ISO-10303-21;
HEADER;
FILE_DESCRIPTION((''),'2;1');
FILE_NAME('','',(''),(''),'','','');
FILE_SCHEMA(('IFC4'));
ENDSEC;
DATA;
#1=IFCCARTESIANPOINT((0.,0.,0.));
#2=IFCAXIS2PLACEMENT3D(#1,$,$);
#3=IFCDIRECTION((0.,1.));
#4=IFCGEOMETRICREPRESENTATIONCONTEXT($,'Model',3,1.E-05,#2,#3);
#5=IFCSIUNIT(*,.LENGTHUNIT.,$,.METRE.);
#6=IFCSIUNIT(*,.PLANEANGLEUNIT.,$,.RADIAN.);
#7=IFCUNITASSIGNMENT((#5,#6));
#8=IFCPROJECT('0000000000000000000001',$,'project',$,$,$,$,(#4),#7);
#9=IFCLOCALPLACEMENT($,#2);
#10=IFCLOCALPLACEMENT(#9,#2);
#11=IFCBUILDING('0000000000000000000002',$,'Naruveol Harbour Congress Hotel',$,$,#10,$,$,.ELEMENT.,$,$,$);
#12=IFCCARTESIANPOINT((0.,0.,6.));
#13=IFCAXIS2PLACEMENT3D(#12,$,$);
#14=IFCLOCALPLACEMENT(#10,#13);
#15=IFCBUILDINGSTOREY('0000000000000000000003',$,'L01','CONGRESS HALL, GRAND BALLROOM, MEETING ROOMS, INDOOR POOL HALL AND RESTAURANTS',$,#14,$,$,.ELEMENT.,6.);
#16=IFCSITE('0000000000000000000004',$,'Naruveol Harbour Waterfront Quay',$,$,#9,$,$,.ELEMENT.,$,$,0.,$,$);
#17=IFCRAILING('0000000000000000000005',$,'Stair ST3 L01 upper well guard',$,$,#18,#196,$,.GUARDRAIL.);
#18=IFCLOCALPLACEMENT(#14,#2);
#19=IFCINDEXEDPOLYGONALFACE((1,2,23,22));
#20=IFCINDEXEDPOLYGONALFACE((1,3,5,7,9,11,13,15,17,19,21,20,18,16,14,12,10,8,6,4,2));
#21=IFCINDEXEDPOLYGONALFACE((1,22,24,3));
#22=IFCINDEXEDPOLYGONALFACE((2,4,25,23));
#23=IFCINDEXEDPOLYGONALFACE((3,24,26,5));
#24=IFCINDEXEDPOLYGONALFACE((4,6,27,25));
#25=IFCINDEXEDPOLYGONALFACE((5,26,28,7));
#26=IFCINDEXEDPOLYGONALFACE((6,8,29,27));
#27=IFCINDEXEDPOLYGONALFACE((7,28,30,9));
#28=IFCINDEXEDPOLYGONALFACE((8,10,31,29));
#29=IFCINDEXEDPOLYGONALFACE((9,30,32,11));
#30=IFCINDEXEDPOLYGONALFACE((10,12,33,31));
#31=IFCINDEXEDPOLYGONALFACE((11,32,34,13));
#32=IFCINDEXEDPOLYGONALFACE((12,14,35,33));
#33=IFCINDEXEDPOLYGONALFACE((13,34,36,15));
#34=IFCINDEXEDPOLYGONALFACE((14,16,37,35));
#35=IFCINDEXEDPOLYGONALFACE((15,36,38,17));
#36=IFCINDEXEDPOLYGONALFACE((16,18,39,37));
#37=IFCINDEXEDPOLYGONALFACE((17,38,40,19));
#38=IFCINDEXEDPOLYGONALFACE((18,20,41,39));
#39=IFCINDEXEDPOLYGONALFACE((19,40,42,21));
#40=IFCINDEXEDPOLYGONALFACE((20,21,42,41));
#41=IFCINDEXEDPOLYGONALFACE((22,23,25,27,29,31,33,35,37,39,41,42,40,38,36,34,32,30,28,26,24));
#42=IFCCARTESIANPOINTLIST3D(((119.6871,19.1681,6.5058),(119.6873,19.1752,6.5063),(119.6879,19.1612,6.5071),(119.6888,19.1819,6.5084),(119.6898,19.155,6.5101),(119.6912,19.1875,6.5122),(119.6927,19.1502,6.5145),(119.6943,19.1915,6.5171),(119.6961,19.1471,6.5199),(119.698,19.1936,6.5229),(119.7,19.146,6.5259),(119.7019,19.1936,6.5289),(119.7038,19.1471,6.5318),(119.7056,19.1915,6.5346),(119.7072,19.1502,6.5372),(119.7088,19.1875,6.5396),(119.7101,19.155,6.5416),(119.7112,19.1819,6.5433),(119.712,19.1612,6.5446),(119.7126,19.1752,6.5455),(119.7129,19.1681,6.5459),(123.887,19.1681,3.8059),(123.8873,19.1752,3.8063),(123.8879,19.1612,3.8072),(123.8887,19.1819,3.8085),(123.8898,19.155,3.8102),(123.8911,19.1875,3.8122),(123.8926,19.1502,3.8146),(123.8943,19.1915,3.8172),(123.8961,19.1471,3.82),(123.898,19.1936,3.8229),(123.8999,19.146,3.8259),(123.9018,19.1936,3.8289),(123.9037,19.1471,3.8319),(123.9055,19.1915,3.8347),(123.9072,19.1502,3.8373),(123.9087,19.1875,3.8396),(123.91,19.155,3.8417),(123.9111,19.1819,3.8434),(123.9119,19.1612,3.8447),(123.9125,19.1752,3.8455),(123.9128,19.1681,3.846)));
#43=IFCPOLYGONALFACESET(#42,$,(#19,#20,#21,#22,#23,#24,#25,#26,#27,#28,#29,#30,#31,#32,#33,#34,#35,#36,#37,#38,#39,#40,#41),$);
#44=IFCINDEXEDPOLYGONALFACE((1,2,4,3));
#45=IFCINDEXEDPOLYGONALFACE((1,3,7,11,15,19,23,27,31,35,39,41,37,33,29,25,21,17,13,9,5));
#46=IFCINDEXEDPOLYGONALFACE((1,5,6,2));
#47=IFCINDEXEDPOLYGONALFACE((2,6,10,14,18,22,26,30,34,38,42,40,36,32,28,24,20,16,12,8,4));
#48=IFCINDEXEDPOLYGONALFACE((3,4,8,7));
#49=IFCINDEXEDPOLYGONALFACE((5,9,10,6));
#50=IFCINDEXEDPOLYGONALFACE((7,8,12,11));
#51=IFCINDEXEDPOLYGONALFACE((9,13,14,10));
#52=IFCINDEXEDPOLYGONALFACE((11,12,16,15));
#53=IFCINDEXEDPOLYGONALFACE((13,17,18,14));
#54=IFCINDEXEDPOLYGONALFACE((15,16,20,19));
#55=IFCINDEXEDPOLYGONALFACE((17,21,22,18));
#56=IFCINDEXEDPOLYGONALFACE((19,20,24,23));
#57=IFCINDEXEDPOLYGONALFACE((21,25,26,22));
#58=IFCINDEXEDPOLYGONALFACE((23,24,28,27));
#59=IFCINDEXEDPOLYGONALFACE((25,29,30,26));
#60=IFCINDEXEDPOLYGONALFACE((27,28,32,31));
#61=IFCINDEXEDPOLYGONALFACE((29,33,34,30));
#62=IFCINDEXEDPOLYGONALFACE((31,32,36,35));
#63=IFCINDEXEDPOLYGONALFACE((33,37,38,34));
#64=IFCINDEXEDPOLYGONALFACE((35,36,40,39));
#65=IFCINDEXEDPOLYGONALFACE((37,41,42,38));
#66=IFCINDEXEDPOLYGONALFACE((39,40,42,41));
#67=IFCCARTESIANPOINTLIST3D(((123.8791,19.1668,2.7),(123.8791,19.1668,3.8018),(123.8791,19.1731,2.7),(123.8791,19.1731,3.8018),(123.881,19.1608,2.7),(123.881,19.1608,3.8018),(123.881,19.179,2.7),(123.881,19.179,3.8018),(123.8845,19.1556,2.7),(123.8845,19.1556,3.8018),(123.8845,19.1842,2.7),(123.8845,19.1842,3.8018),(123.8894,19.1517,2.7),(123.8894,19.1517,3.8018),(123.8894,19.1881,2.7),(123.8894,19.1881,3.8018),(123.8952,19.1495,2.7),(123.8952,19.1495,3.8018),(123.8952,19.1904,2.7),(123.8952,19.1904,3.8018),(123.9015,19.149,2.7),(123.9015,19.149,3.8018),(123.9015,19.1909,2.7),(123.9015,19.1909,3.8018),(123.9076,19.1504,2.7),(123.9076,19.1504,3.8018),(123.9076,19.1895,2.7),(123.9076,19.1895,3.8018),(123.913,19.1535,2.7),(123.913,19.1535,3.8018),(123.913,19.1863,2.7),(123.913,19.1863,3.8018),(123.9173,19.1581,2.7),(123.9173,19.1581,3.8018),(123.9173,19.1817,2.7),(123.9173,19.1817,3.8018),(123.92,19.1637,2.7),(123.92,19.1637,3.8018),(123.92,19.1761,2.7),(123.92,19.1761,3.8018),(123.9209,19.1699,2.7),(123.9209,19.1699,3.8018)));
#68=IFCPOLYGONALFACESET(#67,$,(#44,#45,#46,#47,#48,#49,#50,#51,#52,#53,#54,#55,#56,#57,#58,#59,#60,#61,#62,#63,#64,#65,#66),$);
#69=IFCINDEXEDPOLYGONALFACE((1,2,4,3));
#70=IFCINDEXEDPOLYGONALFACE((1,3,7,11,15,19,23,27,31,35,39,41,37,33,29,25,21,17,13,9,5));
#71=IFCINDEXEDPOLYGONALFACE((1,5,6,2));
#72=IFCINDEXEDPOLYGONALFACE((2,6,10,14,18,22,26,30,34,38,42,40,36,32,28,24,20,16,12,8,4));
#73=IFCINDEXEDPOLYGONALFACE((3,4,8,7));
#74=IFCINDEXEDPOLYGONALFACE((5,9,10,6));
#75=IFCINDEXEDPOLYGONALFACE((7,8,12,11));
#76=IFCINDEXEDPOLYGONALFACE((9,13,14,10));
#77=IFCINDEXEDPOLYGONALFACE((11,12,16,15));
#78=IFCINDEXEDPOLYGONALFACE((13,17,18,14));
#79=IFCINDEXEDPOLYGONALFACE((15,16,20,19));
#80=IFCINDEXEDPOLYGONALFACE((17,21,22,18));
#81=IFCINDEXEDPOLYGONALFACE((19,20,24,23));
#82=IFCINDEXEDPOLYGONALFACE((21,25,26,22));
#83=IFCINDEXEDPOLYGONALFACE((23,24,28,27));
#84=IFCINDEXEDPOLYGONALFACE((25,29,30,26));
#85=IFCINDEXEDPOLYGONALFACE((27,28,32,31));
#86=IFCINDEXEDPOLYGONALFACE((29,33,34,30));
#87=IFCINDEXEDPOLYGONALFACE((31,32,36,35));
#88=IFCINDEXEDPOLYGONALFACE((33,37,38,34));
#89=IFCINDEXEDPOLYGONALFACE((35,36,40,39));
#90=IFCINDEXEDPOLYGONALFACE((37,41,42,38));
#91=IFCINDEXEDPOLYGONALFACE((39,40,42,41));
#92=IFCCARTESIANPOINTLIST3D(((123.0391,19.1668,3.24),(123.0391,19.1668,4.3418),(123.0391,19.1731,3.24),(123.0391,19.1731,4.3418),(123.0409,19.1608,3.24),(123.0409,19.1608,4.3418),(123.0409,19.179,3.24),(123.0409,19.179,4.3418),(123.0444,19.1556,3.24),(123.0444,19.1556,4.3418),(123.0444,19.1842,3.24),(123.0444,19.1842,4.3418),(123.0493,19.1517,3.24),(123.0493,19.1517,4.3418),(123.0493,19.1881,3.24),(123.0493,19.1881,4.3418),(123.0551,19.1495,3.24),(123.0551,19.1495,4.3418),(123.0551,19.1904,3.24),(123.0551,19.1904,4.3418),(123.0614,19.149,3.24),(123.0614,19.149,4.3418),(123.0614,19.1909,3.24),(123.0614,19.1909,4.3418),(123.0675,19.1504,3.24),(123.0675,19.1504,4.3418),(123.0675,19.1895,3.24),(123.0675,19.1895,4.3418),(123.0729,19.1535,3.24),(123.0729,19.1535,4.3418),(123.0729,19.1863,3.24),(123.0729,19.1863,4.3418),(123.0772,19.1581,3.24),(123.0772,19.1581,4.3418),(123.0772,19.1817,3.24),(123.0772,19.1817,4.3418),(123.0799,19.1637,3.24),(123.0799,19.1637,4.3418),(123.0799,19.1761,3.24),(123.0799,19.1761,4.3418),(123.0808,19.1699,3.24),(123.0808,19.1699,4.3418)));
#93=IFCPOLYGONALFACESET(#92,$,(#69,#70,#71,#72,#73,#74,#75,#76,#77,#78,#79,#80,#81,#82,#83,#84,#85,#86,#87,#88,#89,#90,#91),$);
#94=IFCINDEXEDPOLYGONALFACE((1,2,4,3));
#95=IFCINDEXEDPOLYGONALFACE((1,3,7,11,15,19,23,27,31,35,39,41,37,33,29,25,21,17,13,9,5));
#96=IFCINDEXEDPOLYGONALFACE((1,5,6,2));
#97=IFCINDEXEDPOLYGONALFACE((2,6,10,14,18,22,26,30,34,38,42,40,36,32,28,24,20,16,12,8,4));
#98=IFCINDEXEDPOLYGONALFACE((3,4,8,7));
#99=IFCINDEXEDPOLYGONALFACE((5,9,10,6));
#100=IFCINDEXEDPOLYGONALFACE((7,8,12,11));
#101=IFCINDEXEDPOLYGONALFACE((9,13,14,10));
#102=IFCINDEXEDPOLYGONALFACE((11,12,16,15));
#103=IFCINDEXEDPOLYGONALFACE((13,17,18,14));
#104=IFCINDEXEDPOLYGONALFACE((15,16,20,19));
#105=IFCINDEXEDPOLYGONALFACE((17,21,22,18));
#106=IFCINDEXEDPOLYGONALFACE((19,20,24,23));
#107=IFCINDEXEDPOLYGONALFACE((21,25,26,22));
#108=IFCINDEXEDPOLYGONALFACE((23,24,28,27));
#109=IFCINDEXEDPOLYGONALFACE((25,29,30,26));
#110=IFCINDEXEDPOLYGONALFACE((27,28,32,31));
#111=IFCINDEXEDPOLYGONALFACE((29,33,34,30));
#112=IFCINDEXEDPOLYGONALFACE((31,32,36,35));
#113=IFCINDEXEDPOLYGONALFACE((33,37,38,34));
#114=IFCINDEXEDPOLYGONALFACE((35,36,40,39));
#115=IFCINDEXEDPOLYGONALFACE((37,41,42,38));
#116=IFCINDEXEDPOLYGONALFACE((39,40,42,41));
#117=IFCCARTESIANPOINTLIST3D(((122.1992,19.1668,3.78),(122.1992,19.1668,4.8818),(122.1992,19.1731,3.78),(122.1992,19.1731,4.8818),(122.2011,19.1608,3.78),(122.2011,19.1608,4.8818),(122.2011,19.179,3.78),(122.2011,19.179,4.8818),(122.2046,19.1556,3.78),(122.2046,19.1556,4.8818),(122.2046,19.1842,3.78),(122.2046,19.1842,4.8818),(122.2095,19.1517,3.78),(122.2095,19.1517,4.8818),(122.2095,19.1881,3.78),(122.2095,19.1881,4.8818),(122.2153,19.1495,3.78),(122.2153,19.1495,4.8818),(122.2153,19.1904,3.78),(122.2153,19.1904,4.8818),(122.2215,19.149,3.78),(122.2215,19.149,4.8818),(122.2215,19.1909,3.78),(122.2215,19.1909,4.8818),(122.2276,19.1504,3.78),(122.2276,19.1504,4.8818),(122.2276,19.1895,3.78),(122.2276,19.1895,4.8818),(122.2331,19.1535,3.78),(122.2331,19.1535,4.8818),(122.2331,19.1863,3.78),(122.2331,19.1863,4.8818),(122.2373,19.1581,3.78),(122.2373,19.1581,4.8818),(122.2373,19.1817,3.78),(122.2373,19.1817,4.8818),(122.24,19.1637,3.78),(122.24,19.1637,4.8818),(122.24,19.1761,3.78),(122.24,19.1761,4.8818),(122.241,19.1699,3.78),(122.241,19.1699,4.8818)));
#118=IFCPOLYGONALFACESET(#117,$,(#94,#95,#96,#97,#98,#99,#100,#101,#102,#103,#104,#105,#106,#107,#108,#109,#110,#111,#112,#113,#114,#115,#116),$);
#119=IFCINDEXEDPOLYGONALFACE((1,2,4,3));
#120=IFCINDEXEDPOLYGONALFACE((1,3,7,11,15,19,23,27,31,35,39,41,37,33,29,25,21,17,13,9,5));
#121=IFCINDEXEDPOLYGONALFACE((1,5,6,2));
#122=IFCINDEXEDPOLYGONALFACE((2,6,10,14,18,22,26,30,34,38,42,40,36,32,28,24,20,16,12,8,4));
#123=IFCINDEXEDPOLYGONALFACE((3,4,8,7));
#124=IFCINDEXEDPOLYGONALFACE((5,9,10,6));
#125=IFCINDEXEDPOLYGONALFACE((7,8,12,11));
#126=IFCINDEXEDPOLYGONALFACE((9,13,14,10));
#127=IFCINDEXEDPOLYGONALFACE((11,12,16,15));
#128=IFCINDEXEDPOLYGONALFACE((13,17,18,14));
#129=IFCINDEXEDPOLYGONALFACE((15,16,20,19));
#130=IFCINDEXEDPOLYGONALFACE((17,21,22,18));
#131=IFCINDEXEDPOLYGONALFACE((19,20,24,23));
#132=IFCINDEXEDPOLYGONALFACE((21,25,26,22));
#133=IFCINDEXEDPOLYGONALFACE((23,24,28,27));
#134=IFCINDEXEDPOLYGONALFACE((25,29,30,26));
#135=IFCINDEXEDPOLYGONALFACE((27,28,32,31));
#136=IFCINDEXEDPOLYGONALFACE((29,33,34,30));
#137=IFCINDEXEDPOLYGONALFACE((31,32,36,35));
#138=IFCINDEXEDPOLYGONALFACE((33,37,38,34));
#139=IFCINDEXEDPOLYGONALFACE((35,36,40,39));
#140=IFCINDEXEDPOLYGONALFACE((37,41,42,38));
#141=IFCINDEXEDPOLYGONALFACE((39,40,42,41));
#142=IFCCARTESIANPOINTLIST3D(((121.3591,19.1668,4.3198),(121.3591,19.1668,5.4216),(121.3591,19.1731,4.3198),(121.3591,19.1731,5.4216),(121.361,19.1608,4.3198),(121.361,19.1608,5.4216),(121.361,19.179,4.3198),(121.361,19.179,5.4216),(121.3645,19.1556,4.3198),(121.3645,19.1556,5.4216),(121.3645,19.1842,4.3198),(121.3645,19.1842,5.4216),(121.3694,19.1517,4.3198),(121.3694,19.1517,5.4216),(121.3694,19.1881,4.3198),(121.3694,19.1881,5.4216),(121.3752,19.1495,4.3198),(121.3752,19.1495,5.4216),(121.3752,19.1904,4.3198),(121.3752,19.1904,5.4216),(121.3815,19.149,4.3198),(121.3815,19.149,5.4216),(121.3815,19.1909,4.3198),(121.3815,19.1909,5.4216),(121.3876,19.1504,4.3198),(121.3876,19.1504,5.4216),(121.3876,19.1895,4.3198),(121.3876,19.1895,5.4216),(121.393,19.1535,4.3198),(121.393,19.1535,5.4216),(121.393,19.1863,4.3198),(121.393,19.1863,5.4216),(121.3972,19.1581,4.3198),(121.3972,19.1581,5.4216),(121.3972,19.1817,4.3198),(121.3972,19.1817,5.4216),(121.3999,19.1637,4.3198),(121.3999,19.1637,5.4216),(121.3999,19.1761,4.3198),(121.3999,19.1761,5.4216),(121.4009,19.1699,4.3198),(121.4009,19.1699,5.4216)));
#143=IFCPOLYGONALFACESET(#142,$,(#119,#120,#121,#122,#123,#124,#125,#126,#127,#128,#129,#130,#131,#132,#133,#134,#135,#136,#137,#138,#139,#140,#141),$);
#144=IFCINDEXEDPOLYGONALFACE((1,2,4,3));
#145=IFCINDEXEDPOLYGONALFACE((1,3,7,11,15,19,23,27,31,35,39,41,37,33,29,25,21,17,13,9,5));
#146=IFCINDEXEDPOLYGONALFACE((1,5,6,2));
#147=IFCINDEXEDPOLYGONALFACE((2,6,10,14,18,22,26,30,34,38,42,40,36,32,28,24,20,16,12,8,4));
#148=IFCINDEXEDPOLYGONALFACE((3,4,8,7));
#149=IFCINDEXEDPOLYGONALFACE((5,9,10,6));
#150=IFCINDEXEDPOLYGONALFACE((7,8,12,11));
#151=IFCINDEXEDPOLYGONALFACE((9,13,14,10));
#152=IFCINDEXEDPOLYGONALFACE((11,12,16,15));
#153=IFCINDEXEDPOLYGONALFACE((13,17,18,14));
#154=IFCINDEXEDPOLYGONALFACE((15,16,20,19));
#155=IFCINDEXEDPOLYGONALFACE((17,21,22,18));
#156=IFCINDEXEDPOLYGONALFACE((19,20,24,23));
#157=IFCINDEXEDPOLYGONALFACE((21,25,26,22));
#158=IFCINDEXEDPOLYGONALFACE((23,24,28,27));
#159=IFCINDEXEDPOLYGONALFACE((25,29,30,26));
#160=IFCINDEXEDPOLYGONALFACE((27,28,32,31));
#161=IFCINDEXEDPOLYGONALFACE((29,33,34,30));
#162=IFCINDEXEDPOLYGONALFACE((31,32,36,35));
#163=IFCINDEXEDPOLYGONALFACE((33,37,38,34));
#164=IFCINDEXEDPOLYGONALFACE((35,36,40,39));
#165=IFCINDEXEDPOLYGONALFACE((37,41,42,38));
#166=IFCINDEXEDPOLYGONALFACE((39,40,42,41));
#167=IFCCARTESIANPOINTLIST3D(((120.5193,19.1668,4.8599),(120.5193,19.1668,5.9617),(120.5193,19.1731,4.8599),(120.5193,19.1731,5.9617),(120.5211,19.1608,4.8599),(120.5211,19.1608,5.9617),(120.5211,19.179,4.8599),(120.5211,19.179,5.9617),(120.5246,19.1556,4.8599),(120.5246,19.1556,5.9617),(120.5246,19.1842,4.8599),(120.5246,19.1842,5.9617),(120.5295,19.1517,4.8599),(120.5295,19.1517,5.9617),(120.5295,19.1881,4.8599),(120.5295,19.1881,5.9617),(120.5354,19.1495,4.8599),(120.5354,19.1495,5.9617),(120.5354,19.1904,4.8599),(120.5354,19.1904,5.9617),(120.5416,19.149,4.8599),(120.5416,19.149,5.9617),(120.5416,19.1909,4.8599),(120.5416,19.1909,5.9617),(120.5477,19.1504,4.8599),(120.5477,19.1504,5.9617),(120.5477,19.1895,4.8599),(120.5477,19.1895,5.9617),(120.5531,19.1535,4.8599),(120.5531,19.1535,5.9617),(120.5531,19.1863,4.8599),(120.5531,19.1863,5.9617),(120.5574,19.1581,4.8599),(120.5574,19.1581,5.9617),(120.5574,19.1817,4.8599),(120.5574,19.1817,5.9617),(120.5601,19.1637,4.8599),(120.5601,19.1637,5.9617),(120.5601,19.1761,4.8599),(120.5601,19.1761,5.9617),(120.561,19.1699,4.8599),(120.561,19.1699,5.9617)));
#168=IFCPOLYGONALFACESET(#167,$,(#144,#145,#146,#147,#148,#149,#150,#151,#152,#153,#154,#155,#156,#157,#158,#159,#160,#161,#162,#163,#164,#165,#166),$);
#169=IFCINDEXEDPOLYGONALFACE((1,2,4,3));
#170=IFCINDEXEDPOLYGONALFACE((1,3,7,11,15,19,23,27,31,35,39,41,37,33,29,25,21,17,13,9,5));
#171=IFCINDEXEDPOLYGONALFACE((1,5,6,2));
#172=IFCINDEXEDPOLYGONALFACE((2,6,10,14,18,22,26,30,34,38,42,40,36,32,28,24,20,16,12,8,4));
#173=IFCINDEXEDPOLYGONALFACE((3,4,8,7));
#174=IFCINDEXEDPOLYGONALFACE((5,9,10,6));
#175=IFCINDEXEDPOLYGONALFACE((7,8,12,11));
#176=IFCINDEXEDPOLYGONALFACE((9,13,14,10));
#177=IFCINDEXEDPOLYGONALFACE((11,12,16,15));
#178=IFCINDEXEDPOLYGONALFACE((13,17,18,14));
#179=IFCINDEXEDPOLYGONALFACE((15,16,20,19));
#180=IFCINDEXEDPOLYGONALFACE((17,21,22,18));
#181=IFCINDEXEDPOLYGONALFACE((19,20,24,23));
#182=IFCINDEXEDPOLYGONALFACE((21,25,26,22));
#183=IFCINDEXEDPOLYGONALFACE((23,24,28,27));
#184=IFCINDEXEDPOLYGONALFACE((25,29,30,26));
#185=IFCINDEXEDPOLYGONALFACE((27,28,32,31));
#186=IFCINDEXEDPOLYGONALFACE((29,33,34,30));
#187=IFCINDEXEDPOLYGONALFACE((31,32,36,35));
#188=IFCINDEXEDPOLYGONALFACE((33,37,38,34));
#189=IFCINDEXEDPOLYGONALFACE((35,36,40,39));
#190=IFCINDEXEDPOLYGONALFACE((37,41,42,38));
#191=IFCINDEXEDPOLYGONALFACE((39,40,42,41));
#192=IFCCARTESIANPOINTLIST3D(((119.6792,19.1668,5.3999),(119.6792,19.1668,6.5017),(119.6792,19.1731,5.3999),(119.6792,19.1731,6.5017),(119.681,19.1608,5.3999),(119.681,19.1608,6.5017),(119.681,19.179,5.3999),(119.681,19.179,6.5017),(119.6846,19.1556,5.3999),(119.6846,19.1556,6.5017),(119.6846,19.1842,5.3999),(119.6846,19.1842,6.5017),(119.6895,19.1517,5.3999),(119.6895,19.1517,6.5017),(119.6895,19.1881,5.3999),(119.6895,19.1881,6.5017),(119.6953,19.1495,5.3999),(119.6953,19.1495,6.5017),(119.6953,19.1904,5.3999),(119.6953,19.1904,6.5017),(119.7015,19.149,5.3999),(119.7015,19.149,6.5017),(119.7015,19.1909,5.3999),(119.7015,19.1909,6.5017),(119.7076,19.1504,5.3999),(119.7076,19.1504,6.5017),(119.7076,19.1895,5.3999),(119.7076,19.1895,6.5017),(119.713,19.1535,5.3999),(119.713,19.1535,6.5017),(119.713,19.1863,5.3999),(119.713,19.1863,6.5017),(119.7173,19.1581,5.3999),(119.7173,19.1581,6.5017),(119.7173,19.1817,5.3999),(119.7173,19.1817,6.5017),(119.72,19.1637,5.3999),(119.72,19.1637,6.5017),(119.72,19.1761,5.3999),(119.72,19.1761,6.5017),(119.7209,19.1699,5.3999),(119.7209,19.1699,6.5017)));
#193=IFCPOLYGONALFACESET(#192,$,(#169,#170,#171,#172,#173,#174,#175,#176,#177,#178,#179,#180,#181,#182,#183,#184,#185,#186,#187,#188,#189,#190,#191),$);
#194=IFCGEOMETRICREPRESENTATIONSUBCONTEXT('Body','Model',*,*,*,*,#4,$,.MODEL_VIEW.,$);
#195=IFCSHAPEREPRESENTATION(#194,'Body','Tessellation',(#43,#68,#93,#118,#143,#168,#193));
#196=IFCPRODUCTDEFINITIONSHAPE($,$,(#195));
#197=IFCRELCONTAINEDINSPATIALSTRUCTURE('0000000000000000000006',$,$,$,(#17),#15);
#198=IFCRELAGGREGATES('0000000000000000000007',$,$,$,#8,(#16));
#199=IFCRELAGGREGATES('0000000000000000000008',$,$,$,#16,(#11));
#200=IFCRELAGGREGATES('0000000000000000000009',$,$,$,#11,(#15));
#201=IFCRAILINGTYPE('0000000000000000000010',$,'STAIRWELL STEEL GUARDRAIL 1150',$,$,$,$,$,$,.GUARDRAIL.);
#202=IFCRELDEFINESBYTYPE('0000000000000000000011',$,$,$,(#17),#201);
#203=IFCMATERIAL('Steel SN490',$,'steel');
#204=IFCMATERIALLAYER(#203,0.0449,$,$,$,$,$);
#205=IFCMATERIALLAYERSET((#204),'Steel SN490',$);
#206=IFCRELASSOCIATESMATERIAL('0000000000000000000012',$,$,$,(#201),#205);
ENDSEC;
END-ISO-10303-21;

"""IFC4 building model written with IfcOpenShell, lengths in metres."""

from ifc_helpers import new_model, si_unit, direction, frame, origin, origin_2d, place, context, subcontext, project, spatial, circle, extrude, material, layer, layer_set, type_object, element, save


model = new_model("IFC4")

# Units and contexts
model_context = context("Model", 3, precision=1e-05, world=origin(), true_north=direction((0.0, 1.0)))
body_context = subcontext(model_context, "Body", "Model", "MODEL_VIEW")
ifc_project = project(units=[si_unit("LENGTHUNIT", "METRE"), si_unit("PLANEANGLEUNIT", "RADIAN")], contexts=[model_context])

# Site, building, storey
site_placement = place(None, origin())
site = spatial("IfcSite", under=ifc_project, at=site_placement, Name="Naruveol Harbour Waterfront Quay", CompositionType="ELEMENT", RefElevation=0.0)
building_placement = place(site_placement, origin())
building = spatial("IfcBuilding", under=site, at=building_placement, Name="Naruveol Harbour Congress Hotel", CompositionType="ELEMENT")
storey_placement = place(building_placement, frame((0.0, 0.0, 6.0)))
storey = spatial("IfcBuildingStorey", under=building, at=storey_placement, Name="L01", Description="CONGRESS HALL, GRAND BALLROOM, MEETING ROOMS, INDOOR POOL HALL AND RESTAURANTS", CompositionType="ELEMENT", Elevation=6.0)

# Railing
ifc_material_1 = material(Name="Steel SN490", Category="steel")
ifc_layer_1 = layer(ifc_material_1, 0.0449)
ifc_layer_set_1 = layer_set([ifc_layer_1], Name="Steel SN490")
railing_type_1 = type_object("IfcRailingType", Name="STAIRWELL STEEL GUARDRAIL 1150", PredefinedType="GUARDRAIL", material=ifc_layer_set_1)
railing_1_placement = place(storey_placement, frame((123.8999, 19.1699, 2.7)))
element("IfcRailing", 1, at=railing_1_placement, inside=storey, type_object=railing_type_1, Name="Stair ST3 L01 upper well guard", PredefinedType="GUARDRAIL", context=body_context, shape_type="SweptSolid", body=[
    extrude(circle(Radius=0.0239, at=origin_2d()), frame((0.0, 0.0, 1.126), z_axis=(-0.84118, 0.0, 0.540755), x_axis=(0.0, -1.0, 0.0)), (0.0, 0.0, 1.0), 4.9929),
    extrude(circle(Radius=0.021, at=origin_2d()), origin(), (0.0, 0.0, 1.0), 1.1018),
    extrude(circle(Radius=0.021, at=origin_2d()), frame((-0.8401, 0.0, 0.54)), (0.0, 0.0, 1.0), 1.1018),
    extrude(circle(Radius=0.021, at=origin_2d()), frame((-1.6799, 0.0, 1.0801)), (0.0, 0.0, 1.0), 1.1018),
    extrude(circle(Radius=0.021, at=origin_2d()), frame((-2.52, 0.0, 1.6199)), (0.0, 0.0, 1.0), 1.1018),
    extrude(circle(Radius=0.021, at=origin_2d()), frame((-3.3599, 0.0, 2.1599)), (0.0, 0.0, 1.0), 1.1018),
    extrude(circle(Radius=0.021, at=origin_2d()), frame((-4.2, 0.0, 2.7)), (0.0, 0.0, 1.0), 1.1018),
])

save(model, "model.ifc")
